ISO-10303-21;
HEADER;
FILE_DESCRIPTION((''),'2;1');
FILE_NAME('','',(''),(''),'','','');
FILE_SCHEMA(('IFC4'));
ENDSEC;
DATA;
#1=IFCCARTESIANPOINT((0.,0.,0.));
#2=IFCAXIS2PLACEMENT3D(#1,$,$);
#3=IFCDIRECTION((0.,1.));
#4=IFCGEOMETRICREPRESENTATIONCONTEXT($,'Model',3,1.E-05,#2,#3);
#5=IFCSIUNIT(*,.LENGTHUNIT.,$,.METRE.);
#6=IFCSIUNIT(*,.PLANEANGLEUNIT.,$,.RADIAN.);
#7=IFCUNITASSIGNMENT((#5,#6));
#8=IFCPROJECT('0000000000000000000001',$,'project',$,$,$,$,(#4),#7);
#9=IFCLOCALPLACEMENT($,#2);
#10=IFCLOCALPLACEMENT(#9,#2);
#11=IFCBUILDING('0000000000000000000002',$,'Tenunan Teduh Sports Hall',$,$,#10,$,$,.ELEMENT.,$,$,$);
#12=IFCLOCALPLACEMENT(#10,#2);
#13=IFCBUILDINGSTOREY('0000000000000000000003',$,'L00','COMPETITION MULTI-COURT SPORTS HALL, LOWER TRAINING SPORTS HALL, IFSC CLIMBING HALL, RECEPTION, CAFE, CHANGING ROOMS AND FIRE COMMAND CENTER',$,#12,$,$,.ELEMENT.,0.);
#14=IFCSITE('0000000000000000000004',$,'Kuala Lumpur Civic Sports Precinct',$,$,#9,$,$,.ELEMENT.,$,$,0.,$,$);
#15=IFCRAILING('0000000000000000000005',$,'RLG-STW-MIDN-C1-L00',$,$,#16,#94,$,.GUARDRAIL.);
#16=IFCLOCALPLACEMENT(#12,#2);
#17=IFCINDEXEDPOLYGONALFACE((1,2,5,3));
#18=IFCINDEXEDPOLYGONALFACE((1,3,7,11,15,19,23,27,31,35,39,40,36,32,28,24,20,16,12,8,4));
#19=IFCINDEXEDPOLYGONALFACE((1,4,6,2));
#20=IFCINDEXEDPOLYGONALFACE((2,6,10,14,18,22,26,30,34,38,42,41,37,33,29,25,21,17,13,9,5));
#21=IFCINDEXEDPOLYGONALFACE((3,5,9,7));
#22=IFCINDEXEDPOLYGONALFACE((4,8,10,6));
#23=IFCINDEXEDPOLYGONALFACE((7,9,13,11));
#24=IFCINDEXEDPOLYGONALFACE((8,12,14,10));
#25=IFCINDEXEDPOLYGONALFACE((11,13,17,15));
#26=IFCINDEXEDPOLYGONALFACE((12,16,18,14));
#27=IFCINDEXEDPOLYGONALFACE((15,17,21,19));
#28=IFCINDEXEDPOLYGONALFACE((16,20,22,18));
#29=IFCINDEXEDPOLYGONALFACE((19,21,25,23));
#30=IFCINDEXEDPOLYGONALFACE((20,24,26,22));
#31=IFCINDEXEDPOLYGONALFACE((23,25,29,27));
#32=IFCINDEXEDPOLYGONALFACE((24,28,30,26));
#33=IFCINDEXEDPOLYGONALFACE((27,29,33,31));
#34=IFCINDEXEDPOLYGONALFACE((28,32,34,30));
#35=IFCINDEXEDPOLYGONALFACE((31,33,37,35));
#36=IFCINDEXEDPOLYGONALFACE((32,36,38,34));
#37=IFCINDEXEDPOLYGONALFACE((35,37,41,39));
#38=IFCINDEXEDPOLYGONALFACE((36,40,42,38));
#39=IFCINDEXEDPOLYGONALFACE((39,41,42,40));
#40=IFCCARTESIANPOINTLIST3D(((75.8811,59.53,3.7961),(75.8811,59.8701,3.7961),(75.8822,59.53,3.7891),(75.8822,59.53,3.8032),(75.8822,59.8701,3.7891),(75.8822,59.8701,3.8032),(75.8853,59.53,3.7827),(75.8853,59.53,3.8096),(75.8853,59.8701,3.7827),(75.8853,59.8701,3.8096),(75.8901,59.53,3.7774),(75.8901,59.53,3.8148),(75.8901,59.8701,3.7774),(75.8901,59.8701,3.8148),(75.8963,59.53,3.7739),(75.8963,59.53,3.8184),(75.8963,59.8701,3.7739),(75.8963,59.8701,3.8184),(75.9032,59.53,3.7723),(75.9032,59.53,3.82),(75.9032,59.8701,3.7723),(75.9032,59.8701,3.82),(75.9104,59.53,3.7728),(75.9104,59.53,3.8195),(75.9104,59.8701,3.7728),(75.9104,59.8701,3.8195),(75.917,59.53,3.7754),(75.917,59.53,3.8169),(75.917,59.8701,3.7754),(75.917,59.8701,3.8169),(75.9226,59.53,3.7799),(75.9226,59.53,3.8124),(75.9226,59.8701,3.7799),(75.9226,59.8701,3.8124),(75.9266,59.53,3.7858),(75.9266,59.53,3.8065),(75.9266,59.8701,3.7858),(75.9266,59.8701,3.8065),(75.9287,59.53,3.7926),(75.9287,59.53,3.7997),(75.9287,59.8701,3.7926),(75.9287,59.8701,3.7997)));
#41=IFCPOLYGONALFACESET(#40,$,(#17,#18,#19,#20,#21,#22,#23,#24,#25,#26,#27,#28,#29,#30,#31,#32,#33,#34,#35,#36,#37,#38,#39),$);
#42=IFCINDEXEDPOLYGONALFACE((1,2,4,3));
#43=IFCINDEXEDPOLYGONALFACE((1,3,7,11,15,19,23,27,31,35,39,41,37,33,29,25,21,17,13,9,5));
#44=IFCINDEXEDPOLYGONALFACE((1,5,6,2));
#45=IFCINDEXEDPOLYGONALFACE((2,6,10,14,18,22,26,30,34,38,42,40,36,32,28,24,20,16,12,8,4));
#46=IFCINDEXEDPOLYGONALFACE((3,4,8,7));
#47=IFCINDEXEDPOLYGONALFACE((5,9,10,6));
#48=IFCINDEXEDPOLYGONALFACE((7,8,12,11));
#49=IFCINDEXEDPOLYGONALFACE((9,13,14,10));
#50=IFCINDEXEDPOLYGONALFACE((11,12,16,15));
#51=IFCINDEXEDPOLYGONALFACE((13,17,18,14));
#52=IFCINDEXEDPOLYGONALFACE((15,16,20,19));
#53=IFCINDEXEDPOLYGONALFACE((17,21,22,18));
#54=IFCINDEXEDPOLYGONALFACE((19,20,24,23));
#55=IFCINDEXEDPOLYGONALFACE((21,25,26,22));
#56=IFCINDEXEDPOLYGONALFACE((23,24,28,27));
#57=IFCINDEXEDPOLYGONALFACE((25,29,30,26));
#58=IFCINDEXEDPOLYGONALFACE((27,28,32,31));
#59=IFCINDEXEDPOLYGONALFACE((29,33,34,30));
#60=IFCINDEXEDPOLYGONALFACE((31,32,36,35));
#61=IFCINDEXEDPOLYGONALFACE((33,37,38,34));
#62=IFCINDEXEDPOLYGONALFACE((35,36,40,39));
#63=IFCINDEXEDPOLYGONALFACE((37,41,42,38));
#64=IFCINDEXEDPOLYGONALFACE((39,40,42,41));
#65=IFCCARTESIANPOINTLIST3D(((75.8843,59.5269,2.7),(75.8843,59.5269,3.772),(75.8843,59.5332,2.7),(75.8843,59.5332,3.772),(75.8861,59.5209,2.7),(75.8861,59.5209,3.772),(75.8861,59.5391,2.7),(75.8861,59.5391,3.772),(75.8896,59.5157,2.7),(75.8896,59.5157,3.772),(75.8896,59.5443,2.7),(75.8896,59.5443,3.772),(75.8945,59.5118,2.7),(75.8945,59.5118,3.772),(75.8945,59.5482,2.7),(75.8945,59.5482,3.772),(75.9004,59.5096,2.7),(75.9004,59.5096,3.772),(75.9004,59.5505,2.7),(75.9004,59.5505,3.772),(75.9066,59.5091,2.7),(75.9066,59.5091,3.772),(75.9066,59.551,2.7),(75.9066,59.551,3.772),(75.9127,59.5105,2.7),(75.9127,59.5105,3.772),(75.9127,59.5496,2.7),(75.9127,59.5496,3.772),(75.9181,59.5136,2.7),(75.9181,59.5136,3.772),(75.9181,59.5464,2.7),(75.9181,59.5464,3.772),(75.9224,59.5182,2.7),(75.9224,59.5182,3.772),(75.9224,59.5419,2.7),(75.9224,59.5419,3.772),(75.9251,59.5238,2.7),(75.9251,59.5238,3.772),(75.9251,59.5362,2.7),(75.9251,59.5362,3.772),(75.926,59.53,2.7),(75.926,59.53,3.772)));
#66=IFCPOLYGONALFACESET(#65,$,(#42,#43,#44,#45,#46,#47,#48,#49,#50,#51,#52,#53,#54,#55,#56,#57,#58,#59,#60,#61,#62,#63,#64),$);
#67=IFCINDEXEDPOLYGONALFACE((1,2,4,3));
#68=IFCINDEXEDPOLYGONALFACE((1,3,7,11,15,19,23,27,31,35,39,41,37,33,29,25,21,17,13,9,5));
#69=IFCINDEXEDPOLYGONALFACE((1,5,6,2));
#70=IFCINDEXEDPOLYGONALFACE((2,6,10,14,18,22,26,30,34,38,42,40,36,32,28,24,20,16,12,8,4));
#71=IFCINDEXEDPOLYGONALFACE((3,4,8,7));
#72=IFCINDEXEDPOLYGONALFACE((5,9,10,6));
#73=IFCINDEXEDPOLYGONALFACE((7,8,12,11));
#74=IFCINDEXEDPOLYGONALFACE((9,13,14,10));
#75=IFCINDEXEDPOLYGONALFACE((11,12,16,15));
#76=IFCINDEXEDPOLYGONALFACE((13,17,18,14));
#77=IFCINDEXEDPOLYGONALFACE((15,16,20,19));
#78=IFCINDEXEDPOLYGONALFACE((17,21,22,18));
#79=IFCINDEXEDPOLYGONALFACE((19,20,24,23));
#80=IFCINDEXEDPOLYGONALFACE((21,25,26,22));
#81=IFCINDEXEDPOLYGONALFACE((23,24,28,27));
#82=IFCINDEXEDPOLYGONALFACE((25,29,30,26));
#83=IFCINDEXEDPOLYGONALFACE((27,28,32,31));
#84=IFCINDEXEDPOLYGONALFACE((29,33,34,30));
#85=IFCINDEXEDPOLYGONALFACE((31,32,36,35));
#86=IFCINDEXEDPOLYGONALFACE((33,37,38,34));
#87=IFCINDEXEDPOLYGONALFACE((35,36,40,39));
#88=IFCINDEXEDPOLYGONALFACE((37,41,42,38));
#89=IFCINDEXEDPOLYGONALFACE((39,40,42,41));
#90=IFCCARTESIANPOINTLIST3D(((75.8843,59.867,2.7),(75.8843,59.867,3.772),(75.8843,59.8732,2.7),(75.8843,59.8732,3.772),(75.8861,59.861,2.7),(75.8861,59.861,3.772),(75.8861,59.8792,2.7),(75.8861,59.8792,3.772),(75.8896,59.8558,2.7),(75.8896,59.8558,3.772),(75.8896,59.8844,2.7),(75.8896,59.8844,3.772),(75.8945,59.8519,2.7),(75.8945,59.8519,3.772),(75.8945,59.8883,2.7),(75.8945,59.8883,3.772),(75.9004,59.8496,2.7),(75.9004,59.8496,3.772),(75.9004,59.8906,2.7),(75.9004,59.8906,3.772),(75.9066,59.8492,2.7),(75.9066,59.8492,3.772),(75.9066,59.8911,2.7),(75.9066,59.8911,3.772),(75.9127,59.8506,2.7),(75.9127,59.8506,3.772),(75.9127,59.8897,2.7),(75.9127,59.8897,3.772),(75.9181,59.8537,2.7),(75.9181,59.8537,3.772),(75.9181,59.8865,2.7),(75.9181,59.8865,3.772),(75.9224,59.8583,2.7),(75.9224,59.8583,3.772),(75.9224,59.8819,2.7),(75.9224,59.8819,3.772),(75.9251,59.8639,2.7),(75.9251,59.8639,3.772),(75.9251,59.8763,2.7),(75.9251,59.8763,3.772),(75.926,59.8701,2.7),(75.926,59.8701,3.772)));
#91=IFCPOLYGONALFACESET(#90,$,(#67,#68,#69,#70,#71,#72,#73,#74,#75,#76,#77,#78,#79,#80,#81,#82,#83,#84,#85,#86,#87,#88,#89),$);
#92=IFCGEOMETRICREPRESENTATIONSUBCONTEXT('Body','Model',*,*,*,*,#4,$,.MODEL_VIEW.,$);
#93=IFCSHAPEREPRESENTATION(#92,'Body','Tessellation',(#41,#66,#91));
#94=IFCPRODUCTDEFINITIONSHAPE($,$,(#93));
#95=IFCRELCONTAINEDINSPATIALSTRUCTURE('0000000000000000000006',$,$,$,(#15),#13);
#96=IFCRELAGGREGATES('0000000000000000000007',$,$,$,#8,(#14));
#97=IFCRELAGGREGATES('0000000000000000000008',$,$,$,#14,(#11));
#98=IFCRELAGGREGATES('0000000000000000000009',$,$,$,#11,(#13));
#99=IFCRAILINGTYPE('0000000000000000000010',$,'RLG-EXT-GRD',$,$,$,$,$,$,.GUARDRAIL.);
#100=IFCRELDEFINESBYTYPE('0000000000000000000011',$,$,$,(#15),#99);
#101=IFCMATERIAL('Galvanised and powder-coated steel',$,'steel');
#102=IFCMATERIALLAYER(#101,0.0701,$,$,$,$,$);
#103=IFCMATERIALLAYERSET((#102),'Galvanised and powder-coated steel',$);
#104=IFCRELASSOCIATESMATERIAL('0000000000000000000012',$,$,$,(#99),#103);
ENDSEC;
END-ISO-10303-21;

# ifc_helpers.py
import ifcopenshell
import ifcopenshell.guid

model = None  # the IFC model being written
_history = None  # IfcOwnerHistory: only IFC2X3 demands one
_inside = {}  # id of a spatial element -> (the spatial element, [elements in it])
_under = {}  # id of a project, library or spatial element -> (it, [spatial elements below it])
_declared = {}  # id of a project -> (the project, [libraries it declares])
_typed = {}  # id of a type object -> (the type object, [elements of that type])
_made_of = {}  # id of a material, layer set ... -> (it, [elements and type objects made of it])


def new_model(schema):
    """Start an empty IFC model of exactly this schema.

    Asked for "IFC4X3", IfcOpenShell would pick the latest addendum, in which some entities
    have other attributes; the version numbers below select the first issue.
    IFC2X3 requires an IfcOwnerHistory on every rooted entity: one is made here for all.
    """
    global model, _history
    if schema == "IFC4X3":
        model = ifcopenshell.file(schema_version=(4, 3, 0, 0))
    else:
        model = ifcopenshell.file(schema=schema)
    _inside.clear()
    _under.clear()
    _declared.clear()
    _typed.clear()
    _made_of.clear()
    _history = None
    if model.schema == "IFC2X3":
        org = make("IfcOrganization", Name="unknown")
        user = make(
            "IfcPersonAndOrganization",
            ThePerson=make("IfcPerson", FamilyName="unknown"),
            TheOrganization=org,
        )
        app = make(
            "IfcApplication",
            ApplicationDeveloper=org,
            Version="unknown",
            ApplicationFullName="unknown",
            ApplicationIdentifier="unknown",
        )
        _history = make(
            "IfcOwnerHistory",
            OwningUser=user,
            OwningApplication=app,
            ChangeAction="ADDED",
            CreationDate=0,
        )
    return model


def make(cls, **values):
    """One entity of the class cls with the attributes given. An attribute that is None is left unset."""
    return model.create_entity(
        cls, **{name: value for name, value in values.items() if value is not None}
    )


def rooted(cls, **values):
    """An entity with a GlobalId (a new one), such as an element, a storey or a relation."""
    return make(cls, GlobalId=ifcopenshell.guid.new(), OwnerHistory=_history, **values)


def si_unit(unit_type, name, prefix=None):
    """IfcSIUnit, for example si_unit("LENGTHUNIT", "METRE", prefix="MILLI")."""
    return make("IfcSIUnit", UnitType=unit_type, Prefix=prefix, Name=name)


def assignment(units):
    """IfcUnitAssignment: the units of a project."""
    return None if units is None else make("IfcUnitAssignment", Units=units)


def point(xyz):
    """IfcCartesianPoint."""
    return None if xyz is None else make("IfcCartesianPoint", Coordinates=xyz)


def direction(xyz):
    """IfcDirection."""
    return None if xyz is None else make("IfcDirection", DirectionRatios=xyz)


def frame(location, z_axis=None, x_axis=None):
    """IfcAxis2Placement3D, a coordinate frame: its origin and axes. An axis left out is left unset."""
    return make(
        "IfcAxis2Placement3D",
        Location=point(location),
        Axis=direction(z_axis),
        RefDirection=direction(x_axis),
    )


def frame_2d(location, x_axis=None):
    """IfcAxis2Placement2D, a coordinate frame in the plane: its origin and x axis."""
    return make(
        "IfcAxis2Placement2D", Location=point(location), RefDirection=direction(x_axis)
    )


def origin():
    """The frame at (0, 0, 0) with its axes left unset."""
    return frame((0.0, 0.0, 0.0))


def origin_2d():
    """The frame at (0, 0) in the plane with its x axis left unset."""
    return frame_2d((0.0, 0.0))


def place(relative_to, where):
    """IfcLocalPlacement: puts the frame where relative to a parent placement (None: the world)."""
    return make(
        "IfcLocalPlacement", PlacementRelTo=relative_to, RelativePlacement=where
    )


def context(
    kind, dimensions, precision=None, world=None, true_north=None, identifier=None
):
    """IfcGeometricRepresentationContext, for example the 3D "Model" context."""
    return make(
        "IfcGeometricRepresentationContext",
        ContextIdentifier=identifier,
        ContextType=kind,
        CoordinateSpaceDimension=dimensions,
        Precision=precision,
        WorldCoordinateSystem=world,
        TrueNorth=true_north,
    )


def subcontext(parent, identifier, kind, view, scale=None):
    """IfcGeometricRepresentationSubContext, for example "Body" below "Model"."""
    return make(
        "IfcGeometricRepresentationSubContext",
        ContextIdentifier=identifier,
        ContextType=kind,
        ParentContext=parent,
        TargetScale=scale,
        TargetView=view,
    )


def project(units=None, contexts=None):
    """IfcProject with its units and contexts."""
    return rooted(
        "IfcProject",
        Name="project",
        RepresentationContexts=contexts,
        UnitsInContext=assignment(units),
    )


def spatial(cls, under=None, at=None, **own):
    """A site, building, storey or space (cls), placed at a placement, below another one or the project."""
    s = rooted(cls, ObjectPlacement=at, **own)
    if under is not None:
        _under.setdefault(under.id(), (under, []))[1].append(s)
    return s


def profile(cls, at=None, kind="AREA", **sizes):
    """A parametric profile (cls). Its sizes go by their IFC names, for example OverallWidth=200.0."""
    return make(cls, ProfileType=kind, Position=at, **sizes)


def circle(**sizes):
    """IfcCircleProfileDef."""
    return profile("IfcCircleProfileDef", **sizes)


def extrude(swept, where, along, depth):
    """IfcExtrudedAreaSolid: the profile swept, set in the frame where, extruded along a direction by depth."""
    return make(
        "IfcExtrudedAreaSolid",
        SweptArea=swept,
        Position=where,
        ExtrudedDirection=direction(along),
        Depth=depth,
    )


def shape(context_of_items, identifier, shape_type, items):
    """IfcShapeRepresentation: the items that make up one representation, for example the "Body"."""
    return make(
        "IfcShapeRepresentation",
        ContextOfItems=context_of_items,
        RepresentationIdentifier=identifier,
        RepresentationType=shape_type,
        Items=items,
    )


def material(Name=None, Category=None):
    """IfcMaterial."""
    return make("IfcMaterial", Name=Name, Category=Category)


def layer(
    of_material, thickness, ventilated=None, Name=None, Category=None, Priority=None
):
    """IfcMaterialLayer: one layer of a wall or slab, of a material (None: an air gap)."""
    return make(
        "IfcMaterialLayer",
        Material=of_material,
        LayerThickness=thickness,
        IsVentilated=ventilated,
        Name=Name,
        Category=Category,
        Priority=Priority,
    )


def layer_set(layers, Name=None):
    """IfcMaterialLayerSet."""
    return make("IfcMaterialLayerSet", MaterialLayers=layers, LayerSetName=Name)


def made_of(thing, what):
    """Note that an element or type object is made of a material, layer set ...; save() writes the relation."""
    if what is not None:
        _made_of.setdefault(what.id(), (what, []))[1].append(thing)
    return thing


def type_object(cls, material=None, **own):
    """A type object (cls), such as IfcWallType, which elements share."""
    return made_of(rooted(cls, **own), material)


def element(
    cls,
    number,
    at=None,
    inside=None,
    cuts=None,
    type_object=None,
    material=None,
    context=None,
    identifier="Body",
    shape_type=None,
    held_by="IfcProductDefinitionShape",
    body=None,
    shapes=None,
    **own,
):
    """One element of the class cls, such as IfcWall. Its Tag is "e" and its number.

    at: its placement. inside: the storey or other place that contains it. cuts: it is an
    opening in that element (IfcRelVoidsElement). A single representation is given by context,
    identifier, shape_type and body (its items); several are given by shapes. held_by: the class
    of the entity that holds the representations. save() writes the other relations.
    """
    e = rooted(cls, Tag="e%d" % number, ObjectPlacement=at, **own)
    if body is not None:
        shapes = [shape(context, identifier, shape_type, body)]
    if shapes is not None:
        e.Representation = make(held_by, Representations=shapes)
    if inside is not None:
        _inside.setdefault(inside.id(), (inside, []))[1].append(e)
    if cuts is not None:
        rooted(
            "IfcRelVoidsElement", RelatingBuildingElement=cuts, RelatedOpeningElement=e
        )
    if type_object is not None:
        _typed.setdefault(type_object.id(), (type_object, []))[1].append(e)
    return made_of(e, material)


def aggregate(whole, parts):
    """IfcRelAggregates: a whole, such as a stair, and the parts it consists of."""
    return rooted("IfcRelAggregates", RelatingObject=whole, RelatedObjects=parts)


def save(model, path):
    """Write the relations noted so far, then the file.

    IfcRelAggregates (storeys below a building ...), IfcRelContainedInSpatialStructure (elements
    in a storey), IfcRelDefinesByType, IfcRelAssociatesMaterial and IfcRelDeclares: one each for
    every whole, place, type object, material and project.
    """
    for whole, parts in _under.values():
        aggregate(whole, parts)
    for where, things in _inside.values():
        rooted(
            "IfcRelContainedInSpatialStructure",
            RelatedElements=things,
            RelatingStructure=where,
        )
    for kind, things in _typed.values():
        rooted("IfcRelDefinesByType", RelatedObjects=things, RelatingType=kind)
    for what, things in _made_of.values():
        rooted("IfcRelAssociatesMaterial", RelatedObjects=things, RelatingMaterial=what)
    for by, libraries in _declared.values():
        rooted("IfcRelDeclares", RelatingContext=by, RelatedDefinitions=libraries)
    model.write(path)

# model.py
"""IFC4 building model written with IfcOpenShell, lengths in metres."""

from ifc_helpers import new_model, si_unit, direction, frame, origin, origin_2d, place, context, subcontext, project, spatial, circle, extrude, material, layer, layer_set, type_object, element, save


model = new_model("IFC4")

# Units and contexts
model_context = context("Model", 3, precision=1e-05, world=origin(), true_north=direction((0.0, 1.0)))
body_context = subcontext(model_context, "Body", "Model", "MODEL_VIEW")
ifc_project = project(units=[si_unit("LENGTHUNIT", "METRE"), si_unit("PLANEANGLEUNIT", "RADIAN")], contexts=[model_context])

# Site, building, storey
site_placement = place(None, origin())
site = spatial("IfcSite", under=ifc_project, at=site_placement, Name="Kuala Lumpur Civic Sports Precinct", CompositionType="ELEMENT", RefElevation=0.0)
building_placement = place(site_placement, origin())
building = spatial("IfcBuilding", under=site, at=building_placement, Name="Tenunan Teduh Sports Hall", CompositionType="ELEMENT")
storey_placement = place(building_placement, origin())
storey = spatial("IfcBuildingStorey", under=building, at=storey_placement, Name="L00", Description="COMPETITION MULTI-COURT SPORTS HALL, LOWER TRAINING SPORTS HALL, IFSC CLIMBING HALL, RECEPTION, CAFE, CHANGING ROOMS AND FIRE COMMAND CENTER", CompositionType="ELEMENT", Elevation=0.0)

# Railing
ifc_material_1 = material(Name="Galvanised and powder-coated steel", Category="steel")
ifc_layer_1 = layer(ifc_material_1, 0.0701)
ifc_layer_set_1 = layer_set([ifc_layer_1], Name="Galvanised and powder-coated steel")
railing_type_1 = type_object("IfcRailingType", Name="RLG-EXT-GRD", PredefinedType="GUARDRAIL", material=ifc_layer_set_1)
railing_1_placement = place(storey_placement, frame((75.905, 59.53, 2.7)))
element("IfcRailing", 1, at=railing_1_placement, inside=storey, type_object=railing_type_1, Name="RLG-STW-MIDN-C1-L00", PredefinedType="GUARDRAIL", context=body_context, shape_type="SweptSolid", body=[
    extrude(circle(Radius=0.0239, at=origin_2d()), frame((0.0, 0.0, 1.0962), z_axis=(0.0, 1.0, 0.0), x_axis=(-1.0, 0.0, 0.0)), (0.0, 0.0, 1.0), 0.3401),
    extrude(circle(Radius=0.021, at=origin_2d()), origin(), (0.0, 0.0, 1.0), 1.072),
    extrude(circle(Radius=0.021, at=origin_2d()), frame((0.0, 0.3401, 0.0)), (0.0, 0.0, 1.0), 1.072),
])

save(model, "model.ifc")
